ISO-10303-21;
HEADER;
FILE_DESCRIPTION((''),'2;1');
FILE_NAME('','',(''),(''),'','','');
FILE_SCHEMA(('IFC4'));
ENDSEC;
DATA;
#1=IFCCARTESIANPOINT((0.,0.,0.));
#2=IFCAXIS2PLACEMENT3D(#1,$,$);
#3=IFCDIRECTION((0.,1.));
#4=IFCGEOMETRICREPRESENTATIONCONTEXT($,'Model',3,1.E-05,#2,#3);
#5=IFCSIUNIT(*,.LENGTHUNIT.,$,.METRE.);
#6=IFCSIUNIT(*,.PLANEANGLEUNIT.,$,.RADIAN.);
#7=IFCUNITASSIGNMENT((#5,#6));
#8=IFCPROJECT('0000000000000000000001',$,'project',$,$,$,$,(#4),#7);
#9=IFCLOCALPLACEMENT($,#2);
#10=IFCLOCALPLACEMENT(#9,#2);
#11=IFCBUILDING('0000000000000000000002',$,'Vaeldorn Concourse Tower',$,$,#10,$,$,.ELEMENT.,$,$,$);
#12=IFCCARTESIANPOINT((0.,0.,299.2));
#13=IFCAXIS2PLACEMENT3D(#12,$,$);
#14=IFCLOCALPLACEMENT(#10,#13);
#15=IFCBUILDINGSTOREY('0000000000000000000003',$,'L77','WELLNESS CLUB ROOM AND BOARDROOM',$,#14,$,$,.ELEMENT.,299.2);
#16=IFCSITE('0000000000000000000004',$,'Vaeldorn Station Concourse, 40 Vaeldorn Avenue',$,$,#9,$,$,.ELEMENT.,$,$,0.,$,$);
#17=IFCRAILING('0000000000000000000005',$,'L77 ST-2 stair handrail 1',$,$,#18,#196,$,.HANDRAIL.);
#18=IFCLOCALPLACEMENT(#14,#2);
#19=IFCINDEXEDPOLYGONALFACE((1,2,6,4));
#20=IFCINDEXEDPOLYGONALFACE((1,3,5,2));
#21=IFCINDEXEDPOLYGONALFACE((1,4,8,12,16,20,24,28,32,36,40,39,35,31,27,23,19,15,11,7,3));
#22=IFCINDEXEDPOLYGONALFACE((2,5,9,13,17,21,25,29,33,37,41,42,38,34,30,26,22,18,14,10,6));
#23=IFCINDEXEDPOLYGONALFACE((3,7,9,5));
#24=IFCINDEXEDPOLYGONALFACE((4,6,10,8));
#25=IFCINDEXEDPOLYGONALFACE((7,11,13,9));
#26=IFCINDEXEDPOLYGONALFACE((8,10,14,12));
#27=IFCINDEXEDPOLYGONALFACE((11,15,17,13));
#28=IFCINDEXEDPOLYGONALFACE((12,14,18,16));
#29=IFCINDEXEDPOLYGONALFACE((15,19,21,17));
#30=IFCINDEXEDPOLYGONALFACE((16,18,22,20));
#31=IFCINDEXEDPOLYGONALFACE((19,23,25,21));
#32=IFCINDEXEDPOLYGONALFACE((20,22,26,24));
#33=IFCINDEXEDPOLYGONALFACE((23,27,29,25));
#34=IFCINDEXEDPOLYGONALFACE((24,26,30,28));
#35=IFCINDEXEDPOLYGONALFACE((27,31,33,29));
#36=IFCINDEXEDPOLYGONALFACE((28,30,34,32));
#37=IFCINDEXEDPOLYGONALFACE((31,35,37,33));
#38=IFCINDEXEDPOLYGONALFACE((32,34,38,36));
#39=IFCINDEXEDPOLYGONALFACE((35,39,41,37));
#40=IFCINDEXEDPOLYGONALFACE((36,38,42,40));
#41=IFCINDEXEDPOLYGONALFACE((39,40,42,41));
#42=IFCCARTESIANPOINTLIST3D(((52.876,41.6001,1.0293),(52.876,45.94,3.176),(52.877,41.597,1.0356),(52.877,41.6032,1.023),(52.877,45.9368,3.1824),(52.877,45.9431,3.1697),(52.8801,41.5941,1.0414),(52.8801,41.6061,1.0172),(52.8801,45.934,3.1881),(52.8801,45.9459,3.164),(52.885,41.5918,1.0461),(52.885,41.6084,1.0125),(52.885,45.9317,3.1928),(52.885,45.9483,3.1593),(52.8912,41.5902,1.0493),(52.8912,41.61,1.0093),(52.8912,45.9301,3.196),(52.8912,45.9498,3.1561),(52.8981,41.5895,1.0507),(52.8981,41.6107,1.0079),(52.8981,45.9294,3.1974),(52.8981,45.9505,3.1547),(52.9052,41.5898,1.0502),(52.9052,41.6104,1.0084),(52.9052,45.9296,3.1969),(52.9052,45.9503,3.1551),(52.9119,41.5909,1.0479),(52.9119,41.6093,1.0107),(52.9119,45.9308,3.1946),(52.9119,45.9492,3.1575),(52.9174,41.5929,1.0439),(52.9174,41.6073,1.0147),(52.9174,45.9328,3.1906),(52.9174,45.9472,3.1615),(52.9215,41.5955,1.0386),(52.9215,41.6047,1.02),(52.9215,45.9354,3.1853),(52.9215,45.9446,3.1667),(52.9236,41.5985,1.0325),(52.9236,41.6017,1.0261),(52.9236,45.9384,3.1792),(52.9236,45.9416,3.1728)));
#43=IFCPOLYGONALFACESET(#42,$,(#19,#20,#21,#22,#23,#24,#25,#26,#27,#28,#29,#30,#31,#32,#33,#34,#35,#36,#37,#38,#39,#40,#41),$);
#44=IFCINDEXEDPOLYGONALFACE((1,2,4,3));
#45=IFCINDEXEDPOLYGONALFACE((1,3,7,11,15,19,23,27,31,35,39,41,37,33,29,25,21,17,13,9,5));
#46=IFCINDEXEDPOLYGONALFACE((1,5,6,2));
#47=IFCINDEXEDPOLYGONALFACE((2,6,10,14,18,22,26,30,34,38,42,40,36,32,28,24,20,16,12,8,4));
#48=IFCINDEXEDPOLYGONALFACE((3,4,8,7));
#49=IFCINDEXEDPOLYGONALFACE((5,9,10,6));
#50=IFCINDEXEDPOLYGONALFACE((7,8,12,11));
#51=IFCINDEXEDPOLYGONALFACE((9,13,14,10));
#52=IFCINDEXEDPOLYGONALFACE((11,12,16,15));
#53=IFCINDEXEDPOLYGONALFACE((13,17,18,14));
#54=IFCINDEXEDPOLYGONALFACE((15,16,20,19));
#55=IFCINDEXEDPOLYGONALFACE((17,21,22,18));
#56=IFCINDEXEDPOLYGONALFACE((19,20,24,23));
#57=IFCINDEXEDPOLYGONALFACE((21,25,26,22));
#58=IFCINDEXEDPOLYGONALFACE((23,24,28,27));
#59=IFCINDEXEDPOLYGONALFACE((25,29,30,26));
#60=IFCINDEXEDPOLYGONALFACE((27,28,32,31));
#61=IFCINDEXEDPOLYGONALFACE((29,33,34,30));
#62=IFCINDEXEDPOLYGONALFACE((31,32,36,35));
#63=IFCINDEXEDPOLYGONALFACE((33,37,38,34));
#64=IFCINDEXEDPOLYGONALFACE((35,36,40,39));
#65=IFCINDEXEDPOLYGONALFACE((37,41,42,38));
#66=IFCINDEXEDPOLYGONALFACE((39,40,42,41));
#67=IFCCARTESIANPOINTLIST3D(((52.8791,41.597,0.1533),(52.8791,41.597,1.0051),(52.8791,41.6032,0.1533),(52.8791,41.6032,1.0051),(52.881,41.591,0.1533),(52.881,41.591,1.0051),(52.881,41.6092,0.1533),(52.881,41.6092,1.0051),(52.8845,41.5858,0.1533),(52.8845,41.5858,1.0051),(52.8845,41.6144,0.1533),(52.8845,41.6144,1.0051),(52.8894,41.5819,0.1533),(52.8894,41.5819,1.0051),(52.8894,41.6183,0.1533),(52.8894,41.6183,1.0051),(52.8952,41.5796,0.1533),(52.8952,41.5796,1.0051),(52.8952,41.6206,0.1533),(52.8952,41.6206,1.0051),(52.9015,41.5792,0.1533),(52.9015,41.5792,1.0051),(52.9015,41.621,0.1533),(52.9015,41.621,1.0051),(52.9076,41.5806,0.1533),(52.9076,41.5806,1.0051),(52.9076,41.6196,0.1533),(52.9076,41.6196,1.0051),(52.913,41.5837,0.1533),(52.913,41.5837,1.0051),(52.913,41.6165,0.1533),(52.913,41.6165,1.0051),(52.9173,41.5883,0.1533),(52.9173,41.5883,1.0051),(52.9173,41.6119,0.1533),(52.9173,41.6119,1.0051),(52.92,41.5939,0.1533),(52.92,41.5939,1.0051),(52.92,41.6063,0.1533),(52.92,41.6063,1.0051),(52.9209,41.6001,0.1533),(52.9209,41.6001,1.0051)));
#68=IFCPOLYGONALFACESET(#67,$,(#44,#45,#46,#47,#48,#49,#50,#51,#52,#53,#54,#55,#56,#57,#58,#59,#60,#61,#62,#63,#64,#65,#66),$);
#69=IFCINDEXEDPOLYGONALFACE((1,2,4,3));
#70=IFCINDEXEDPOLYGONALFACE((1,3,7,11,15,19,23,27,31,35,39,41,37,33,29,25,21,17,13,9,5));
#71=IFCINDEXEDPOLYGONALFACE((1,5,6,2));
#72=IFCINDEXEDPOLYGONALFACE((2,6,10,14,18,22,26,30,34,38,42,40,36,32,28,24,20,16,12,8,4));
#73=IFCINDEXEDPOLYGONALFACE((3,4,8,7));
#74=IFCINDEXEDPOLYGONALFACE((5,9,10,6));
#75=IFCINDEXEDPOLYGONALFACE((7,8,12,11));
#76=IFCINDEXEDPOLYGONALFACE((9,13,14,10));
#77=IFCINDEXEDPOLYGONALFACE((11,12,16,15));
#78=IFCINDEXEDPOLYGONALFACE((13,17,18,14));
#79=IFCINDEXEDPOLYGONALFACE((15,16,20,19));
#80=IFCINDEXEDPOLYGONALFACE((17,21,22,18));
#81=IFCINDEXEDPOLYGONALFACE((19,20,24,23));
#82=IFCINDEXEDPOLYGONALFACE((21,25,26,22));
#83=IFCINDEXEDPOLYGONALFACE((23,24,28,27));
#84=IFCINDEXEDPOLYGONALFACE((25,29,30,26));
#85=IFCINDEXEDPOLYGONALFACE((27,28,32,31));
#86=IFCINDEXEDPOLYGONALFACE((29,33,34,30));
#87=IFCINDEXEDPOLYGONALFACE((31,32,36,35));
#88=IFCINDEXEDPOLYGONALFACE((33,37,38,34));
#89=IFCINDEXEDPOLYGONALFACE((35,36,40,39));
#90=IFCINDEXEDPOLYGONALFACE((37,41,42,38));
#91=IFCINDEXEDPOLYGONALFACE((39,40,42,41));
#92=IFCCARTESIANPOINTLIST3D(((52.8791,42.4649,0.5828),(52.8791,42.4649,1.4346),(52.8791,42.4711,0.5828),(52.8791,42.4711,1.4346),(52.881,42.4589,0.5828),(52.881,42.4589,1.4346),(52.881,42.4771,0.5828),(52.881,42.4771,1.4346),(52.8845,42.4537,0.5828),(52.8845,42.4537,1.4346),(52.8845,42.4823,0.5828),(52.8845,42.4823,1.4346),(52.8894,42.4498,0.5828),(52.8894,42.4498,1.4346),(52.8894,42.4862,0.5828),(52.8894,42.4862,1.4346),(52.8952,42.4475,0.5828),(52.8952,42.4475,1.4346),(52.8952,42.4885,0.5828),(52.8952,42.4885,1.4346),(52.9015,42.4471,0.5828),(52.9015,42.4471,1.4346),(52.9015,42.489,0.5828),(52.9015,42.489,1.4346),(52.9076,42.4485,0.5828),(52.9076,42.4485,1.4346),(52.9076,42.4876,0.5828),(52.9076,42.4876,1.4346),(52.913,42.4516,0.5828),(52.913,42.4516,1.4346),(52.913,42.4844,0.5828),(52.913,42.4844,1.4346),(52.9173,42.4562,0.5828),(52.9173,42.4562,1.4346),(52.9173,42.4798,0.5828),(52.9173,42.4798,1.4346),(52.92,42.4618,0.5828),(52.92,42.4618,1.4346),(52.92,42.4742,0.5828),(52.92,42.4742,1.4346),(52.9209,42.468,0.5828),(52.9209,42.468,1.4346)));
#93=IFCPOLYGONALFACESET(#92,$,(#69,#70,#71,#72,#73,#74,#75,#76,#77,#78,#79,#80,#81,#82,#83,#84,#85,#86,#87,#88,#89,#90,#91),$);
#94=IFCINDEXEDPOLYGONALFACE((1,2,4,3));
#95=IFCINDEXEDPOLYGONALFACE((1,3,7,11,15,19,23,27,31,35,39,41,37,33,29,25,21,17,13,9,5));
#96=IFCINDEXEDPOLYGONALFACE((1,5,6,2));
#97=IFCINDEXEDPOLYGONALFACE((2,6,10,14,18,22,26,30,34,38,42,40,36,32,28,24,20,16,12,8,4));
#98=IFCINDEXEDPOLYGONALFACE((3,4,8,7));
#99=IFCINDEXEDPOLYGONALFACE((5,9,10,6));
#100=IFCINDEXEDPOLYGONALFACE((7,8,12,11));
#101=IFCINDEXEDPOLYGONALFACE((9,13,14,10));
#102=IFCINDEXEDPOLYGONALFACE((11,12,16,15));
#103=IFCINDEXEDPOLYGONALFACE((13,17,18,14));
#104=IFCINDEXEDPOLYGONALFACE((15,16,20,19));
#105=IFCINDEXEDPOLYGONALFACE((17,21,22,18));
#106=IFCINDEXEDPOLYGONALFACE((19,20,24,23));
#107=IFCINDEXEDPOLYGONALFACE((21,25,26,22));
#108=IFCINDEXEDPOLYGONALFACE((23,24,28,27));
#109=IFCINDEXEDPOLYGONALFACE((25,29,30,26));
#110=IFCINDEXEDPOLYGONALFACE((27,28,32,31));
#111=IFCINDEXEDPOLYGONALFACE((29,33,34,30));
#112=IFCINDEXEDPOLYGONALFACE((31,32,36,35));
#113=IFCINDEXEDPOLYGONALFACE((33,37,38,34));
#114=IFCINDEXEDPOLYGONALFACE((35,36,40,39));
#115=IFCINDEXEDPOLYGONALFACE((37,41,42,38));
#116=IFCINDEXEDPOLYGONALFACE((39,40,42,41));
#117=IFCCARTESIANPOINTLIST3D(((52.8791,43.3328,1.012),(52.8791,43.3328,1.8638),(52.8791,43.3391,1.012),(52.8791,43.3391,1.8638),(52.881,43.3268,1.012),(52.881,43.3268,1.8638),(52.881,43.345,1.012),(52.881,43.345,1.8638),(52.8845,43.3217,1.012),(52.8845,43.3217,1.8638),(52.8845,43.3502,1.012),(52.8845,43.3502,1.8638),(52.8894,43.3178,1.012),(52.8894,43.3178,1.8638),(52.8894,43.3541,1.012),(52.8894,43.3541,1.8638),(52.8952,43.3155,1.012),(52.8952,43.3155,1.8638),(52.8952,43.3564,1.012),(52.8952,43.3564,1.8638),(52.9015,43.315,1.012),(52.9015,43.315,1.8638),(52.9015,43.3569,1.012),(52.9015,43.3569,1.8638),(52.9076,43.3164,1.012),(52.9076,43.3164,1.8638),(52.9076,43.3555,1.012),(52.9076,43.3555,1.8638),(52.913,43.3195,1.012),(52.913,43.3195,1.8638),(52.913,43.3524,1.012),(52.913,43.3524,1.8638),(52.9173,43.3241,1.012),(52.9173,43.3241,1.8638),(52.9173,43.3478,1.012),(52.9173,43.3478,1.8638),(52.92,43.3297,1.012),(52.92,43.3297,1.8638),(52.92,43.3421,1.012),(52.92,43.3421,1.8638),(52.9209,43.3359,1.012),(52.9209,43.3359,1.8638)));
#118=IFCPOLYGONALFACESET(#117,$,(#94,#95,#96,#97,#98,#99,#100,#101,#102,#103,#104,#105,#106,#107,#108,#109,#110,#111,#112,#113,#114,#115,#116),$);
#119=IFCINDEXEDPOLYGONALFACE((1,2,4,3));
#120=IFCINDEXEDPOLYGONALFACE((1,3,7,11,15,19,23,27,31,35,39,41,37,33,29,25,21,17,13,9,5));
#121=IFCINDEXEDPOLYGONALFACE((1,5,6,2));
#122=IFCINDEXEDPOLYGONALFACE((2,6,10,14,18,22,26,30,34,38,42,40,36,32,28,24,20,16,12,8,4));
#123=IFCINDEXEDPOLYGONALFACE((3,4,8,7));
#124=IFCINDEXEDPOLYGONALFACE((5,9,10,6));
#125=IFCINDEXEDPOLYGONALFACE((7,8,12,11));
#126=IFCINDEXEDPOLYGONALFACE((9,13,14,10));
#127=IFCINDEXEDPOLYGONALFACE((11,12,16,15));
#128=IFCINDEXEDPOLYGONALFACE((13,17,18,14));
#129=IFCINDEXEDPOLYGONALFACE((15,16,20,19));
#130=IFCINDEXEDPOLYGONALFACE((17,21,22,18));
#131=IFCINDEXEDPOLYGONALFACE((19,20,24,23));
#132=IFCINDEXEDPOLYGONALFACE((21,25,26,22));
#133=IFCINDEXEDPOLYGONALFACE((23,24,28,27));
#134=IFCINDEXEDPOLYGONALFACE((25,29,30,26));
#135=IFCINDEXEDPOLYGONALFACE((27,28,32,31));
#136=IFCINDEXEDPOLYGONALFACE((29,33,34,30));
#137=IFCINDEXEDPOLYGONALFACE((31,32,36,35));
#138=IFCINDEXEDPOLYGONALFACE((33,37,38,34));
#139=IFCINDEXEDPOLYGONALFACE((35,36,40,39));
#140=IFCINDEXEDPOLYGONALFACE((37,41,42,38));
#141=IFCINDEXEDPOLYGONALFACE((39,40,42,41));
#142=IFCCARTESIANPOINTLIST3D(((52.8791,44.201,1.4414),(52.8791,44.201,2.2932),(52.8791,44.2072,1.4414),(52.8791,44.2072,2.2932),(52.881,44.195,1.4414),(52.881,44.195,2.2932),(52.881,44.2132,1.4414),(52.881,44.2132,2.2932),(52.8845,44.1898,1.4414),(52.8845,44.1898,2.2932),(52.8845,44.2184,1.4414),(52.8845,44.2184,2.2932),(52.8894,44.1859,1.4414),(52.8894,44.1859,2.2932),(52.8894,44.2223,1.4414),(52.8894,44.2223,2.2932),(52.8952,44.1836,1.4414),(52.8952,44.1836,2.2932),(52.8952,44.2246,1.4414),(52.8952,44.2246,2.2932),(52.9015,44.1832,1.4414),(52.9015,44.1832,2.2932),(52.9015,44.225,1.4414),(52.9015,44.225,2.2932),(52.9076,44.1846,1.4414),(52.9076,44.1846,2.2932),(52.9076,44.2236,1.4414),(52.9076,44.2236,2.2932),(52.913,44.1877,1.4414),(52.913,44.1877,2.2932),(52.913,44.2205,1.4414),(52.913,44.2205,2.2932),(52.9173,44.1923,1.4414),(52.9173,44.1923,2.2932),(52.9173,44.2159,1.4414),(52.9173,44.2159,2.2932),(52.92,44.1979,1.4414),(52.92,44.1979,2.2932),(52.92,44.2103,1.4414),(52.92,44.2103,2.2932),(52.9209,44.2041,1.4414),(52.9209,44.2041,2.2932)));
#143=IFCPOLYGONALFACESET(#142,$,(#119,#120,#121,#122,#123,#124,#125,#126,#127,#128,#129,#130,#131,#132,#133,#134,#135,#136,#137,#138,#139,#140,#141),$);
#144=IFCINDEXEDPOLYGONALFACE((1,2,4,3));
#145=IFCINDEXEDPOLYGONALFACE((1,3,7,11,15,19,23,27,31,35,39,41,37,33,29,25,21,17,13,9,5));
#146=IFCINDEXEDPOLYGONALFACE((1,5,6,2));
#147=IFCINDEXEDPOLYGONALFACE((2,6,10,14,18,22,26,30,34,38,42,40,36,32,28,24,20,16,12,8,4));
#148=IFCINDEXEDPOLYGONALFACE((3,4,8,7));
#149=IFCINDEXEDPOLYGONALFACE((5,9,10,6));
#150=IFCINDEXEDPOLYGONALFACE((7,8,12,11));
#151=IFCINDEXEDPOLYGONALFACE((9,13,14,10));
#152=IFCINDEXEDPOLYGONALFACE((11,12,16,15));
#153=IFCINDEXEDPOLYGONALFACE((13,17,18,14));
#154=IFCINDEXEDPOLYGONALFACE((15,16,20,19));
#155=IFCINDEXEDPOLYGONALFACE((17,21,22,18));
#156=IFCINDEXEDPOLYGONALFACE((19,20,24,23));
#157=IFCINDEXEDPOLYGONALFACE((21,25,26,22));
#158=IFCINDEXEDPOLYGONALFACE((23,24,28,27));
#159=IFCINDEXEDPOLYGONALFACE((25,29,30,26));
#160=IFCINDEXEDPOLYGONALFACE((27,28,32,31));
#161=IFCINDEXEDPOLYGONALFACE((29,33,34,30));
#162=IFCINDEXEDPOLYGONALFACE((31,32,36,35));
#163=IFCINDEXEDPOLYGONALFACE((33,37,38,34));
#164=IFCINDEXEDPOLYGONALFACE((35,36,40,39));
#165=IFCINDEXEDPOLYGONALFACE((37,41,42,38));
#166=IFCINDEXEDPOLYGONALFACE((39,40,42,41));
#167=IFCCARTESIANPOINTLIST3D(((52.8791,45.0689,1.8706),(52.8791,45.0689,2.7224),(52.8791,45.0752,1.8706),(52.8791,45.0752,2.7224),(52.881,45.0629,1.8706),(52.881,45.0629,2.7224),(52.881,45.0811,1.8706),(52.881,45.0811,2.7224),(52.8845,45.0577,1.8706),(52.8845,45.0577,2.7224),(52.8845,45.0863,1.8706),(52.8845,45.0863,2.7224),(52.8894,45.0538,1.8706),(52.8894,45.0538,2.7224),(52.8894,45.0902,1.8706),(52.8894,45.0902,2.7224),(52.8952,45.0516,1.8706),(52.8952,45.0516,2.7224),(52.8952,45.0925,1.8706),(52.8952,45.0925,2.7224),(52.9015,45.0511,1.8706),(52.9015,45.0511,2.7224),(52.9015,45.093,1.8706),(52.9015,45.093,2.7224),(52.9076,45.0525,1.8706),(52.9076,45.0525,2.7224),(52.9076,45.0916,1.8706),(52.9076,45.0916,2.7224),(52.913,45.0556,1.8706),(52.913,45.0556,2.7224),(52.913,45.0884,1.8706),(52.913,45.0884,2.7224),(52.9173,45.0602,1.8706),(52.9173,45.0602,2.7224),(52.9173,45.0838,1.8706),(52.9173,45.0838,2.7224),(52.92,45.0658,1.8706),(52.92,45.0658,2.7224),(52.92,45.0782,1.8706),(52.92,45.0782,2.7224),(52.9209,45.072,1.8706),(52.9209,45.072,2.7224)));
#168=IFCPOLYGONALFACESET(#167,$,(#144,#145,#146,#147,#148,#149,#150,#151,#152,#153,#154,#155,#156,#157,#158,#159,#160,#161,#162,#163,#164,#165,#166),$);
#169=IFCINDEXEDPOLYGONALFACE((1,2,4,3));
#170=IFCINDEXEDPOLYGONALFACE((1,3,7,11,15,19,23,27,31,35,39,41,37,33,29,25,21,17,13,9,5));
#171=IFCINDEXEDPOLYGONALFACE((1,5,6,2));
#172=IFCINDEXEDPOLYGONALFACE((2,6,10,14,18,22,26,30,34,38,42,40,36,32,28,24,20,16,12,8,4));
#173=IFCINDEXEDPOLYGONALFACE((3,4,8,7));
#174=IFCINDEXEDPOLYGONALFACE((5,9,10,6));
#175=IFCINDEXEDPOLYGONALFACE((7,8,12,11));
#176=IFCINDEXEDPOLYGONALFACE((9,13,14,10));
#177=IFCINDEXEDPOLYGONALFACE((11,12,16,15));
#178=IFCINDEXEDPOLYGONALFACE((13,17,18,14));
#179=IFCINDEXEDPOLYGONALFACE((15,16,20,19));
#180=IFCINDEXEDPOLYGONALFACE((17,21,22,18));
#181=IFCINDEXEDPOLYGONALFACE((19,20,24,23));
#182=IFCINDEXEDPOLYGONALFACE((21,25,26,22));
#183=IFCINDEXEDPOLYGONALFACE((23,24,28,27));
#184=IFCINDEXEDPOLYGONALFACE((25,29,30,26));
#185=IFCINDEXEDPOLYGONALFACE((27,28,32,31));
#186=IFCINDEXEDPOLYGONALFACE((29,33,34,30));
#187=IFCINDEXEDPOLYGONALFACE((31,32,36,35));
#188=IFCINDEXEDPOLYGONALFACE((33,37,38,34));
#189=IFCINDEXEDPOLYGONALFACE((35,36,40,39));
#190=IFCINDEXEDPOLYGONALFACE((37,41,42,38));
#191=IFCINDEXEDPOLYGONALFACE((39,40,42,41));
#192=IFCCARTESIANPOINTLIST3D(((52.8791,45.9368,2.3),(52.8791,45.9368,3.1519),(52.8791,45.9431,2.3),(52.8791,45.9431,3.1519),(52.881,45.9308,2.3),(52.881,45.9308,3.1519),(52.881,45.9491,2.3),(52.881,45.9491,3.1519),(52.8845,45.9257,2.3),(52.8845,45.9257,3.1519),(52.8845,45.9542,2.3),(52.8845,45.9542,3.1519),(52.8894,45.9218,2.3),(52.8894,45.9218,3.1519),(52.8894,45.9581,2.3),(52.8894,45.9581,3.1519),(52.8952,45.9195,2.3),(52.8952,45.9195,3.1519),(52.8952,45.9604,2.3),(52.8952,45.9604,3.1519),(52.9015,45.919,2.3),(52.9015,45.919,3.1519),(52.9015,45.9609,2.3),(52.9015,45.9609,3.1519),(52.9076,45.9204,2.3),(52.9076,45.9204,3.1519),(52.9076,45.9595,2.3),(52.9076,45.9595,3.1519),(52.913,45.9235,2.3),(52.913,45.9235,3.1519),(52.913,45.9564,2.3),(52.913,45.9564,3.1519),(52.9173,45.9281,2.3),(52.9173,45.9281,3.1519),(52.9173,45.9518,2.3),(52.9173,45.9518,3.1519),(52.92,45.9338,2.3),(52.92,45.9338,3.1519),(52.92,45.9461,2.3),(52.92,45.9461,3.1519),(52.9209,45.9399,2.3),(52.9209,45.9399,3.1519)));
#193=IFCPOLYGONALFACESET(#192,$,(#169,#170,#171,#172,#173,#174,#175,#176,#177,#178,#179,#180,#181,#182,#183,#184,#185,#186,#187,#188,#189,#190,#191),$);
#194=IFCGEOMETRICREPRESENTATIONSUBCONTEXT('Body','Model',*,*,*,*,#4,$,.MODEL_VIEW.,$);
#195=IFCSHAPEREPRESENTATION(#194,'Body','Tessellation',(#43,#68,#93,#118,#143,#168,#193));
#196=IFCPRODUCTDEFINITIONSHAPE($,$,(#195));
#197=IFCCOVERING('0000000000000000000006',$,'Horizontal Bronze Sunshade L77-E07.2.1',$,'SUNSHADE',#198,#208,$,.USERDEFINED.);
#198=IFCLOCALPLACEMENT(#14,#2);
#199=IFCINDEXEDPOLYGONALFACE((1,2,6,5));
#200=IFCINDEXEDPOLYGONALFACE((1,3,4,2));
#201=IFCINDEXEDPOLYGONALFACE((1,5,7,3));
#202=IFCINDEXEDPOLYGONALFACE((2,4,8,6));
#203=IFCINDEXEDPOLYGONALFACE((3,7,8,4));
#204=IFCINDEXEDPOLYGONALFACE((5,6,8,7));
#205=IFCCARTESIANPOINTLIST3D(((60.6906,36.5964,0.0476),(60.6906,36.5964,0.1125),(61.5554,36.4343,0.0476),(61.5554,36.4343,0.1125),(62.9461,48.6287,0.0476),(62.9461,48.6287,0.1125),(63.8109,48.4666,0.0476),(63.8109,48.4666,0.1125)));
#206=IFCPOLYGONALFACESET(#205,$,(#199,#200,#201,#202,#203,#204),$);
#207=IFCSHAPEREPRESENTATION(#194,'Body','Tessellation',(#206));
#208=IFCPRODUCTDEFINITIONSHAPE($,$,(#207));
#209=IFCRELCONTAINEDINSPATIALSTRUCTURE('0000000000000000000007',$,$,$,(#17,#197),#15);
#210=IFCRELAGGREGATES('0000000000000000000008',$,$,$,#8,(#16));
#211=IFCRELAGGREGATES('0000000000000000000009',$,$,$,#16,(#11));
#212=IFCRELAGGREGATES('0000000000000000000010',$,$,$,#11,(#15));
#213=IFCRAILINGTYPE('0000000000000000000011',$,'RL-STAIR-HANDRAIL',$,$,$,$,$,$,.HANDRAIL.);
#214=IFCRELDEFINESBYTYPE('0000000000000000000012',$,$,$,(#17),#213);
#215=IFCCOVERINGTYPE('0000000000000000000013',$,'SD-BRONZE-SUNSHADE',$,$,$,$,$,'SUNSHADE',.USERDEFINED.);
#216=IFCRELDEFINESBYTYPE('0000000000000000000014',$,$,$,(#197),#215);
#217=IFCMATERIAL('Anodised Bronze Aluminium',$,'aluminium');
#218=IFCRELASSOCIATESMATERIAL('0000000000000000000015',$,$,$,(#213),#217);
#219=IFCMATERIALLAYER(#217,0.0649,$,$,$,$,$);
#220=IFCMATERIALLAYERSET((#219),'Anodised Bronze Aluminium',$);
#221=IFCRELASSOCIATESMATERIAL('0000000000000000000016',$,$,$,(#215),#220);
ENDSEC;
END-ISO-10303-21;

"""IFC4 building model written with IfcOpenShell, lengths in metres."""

from ifc_helpers import new_model, si_unit, direction, frame, origin, origin_2d, place, context, subcontext, project, spatial, rectangle, circle, extrude, source, transform, mapped, material, layer, layer_set, type_object, element, save


model = new_model("IFC4")

# Units and contexts
model_context = context("Model", 3, precision=1e-05, world=origin(), true_north=direction((0.0, 1.0)))
body_context = subcontext(model_context, "Body", "Model", "MODEL_VIEW")
ifc_project = project(units=[si_unit("LENGTHUNIT", "METRE"), si_unit("PLANEANGLEUNIT", "RADIAN")], contexts=[model_context])

# Site, building, storey
site_placement = place(None, origin())
site = spatial("IfcSite", under=ifc_project, at=site_placement, Name="Vaeldorn Station Concourse, 40 Vaeldorn Avenue", CompositionType="ELEMENT", RefElevation=0.0)
building_placement = place(site_placement, origin())
building = spatial("IfcBuilding", under=site, at=building_placement, Name="Vaeldorn Concourse Tower", CompositionType="ELEMENT")
storey_placement = place(building_placement, frame((0.0, 0.0, 299.2)))
storey = spatial("IfcBuildingStorey", under=building, at=storey_placement, Name="L77", Description="WELLNESS CLUB ROOM AND BOARDROOM", CompositionType="ELEMENT", Elevation=299.2)

# Shared definitions
ifc_material_1 = material(Name="Anodised Bronze Aluminium", Category="aluminium")

# Railing
railing_type_1 = type_object("IfcRailingType", Name="RL-STAIR-HANDRAIL", PredefinedType="HANDRAIL", material=ifc_material_1)
railing_1_placement = place(storey_placement, frame((52.8999, 41.6001, 0.1533)))
element("IfcRailing", 1, at=railing_1_placement, inside=storey, type_object=railing_type_1, Name="L77 ST-2 stair handrail 1", PredefinedType="HANDRAIL", context=body_context, shape_type="SweptSolid", body=[
    extrude(circle(Radius=0.0239, at=origin_2d()), frame((0.0, 0.0, 0.876), z_axis=(0.0, 0.896335, 0.443377), x_axis=(-1.0, 0.0, 0.0)), (0.0, 0.0, 1.0), 4.8418),
    extrude(circle(Radius=0.021, at=origin_2d()), origin(), (0.0, 0.0, 1.0), 0.8518),
    extrude(circle(Radius=0.021, at=origin_2d()), frame((0.0, 0.8679, 0.4294)), (0.0, 0.0, 1.0), 0.8518),
    extrude(circle(Radius=0.021, at=origin_2d()), frame((0.0, 1.7358, 0.8586)), (0.0, 0.0, 1.0), 0.8518),
    extrude(circle(Radius=0.021, at=origin_2d()), frame((0.0, 2.604, 1.2881)), (0.0, 0.0, 1.0), 0.8518),
    extrude(circle(Radius=0.021, at=origin_2d()), frame((0.0, 3.4719, 1.7173)), (0.0, 0.0, 1.0), 0.8518),
    extrude(circle(Radius=0.021, at=origin_2d()), frame((0.0, 4.3398, 2.1467)), (0.0, 0.0, 1.0), 0.8518),
])

# Covering
ifc_layer_1 = layer(ifc_material_1, 0.0649)
ifc_layer_set_1 = layer_set([ifc_layer_1], Name="Anodised Bronze Aluminium")
covering_type = type_object("IfcCoveringType", Name="SD-BRONZE-SUNSHADE", ElementType="SUNSHADE", PredefinedType="USERDEFINED", material=ifc_layer_set_1)
shared_shape_1 = source(origin(), body_context, "Body", "SweptSolid", [
    extrude(rectangle(XDim=12.2419, YDim=0.8799, at=origin_2d()), origin(), (0.0, 0.0, 1.0), 0.0649),
])
for number, where, z_axis, x_axis, name in (
    (2, (62.2507, 42.5315, 0.0476), (0.0, 0.0, 1.0), (0.184243, 0.982881, 0.0), "Horizontal Bronze Sunshade L77-E07.2.1"),
):
    element("IfcCovering", number, at=place(storey_placement, frame(where, z_axis=z_axis, x_axis=x_axis)), inside=storey, type_object=covering_type, Name=name, ObjectType="SUNSHADE", PredefinedType="USERDEFINED", context=body_context, shape_type="MappedRepresentation", body=[
        mapped(shared_shape_1, transform((0.0, 0.0, 0.0), scale=1.0)),
    ])

save(model, "model.ifc")
